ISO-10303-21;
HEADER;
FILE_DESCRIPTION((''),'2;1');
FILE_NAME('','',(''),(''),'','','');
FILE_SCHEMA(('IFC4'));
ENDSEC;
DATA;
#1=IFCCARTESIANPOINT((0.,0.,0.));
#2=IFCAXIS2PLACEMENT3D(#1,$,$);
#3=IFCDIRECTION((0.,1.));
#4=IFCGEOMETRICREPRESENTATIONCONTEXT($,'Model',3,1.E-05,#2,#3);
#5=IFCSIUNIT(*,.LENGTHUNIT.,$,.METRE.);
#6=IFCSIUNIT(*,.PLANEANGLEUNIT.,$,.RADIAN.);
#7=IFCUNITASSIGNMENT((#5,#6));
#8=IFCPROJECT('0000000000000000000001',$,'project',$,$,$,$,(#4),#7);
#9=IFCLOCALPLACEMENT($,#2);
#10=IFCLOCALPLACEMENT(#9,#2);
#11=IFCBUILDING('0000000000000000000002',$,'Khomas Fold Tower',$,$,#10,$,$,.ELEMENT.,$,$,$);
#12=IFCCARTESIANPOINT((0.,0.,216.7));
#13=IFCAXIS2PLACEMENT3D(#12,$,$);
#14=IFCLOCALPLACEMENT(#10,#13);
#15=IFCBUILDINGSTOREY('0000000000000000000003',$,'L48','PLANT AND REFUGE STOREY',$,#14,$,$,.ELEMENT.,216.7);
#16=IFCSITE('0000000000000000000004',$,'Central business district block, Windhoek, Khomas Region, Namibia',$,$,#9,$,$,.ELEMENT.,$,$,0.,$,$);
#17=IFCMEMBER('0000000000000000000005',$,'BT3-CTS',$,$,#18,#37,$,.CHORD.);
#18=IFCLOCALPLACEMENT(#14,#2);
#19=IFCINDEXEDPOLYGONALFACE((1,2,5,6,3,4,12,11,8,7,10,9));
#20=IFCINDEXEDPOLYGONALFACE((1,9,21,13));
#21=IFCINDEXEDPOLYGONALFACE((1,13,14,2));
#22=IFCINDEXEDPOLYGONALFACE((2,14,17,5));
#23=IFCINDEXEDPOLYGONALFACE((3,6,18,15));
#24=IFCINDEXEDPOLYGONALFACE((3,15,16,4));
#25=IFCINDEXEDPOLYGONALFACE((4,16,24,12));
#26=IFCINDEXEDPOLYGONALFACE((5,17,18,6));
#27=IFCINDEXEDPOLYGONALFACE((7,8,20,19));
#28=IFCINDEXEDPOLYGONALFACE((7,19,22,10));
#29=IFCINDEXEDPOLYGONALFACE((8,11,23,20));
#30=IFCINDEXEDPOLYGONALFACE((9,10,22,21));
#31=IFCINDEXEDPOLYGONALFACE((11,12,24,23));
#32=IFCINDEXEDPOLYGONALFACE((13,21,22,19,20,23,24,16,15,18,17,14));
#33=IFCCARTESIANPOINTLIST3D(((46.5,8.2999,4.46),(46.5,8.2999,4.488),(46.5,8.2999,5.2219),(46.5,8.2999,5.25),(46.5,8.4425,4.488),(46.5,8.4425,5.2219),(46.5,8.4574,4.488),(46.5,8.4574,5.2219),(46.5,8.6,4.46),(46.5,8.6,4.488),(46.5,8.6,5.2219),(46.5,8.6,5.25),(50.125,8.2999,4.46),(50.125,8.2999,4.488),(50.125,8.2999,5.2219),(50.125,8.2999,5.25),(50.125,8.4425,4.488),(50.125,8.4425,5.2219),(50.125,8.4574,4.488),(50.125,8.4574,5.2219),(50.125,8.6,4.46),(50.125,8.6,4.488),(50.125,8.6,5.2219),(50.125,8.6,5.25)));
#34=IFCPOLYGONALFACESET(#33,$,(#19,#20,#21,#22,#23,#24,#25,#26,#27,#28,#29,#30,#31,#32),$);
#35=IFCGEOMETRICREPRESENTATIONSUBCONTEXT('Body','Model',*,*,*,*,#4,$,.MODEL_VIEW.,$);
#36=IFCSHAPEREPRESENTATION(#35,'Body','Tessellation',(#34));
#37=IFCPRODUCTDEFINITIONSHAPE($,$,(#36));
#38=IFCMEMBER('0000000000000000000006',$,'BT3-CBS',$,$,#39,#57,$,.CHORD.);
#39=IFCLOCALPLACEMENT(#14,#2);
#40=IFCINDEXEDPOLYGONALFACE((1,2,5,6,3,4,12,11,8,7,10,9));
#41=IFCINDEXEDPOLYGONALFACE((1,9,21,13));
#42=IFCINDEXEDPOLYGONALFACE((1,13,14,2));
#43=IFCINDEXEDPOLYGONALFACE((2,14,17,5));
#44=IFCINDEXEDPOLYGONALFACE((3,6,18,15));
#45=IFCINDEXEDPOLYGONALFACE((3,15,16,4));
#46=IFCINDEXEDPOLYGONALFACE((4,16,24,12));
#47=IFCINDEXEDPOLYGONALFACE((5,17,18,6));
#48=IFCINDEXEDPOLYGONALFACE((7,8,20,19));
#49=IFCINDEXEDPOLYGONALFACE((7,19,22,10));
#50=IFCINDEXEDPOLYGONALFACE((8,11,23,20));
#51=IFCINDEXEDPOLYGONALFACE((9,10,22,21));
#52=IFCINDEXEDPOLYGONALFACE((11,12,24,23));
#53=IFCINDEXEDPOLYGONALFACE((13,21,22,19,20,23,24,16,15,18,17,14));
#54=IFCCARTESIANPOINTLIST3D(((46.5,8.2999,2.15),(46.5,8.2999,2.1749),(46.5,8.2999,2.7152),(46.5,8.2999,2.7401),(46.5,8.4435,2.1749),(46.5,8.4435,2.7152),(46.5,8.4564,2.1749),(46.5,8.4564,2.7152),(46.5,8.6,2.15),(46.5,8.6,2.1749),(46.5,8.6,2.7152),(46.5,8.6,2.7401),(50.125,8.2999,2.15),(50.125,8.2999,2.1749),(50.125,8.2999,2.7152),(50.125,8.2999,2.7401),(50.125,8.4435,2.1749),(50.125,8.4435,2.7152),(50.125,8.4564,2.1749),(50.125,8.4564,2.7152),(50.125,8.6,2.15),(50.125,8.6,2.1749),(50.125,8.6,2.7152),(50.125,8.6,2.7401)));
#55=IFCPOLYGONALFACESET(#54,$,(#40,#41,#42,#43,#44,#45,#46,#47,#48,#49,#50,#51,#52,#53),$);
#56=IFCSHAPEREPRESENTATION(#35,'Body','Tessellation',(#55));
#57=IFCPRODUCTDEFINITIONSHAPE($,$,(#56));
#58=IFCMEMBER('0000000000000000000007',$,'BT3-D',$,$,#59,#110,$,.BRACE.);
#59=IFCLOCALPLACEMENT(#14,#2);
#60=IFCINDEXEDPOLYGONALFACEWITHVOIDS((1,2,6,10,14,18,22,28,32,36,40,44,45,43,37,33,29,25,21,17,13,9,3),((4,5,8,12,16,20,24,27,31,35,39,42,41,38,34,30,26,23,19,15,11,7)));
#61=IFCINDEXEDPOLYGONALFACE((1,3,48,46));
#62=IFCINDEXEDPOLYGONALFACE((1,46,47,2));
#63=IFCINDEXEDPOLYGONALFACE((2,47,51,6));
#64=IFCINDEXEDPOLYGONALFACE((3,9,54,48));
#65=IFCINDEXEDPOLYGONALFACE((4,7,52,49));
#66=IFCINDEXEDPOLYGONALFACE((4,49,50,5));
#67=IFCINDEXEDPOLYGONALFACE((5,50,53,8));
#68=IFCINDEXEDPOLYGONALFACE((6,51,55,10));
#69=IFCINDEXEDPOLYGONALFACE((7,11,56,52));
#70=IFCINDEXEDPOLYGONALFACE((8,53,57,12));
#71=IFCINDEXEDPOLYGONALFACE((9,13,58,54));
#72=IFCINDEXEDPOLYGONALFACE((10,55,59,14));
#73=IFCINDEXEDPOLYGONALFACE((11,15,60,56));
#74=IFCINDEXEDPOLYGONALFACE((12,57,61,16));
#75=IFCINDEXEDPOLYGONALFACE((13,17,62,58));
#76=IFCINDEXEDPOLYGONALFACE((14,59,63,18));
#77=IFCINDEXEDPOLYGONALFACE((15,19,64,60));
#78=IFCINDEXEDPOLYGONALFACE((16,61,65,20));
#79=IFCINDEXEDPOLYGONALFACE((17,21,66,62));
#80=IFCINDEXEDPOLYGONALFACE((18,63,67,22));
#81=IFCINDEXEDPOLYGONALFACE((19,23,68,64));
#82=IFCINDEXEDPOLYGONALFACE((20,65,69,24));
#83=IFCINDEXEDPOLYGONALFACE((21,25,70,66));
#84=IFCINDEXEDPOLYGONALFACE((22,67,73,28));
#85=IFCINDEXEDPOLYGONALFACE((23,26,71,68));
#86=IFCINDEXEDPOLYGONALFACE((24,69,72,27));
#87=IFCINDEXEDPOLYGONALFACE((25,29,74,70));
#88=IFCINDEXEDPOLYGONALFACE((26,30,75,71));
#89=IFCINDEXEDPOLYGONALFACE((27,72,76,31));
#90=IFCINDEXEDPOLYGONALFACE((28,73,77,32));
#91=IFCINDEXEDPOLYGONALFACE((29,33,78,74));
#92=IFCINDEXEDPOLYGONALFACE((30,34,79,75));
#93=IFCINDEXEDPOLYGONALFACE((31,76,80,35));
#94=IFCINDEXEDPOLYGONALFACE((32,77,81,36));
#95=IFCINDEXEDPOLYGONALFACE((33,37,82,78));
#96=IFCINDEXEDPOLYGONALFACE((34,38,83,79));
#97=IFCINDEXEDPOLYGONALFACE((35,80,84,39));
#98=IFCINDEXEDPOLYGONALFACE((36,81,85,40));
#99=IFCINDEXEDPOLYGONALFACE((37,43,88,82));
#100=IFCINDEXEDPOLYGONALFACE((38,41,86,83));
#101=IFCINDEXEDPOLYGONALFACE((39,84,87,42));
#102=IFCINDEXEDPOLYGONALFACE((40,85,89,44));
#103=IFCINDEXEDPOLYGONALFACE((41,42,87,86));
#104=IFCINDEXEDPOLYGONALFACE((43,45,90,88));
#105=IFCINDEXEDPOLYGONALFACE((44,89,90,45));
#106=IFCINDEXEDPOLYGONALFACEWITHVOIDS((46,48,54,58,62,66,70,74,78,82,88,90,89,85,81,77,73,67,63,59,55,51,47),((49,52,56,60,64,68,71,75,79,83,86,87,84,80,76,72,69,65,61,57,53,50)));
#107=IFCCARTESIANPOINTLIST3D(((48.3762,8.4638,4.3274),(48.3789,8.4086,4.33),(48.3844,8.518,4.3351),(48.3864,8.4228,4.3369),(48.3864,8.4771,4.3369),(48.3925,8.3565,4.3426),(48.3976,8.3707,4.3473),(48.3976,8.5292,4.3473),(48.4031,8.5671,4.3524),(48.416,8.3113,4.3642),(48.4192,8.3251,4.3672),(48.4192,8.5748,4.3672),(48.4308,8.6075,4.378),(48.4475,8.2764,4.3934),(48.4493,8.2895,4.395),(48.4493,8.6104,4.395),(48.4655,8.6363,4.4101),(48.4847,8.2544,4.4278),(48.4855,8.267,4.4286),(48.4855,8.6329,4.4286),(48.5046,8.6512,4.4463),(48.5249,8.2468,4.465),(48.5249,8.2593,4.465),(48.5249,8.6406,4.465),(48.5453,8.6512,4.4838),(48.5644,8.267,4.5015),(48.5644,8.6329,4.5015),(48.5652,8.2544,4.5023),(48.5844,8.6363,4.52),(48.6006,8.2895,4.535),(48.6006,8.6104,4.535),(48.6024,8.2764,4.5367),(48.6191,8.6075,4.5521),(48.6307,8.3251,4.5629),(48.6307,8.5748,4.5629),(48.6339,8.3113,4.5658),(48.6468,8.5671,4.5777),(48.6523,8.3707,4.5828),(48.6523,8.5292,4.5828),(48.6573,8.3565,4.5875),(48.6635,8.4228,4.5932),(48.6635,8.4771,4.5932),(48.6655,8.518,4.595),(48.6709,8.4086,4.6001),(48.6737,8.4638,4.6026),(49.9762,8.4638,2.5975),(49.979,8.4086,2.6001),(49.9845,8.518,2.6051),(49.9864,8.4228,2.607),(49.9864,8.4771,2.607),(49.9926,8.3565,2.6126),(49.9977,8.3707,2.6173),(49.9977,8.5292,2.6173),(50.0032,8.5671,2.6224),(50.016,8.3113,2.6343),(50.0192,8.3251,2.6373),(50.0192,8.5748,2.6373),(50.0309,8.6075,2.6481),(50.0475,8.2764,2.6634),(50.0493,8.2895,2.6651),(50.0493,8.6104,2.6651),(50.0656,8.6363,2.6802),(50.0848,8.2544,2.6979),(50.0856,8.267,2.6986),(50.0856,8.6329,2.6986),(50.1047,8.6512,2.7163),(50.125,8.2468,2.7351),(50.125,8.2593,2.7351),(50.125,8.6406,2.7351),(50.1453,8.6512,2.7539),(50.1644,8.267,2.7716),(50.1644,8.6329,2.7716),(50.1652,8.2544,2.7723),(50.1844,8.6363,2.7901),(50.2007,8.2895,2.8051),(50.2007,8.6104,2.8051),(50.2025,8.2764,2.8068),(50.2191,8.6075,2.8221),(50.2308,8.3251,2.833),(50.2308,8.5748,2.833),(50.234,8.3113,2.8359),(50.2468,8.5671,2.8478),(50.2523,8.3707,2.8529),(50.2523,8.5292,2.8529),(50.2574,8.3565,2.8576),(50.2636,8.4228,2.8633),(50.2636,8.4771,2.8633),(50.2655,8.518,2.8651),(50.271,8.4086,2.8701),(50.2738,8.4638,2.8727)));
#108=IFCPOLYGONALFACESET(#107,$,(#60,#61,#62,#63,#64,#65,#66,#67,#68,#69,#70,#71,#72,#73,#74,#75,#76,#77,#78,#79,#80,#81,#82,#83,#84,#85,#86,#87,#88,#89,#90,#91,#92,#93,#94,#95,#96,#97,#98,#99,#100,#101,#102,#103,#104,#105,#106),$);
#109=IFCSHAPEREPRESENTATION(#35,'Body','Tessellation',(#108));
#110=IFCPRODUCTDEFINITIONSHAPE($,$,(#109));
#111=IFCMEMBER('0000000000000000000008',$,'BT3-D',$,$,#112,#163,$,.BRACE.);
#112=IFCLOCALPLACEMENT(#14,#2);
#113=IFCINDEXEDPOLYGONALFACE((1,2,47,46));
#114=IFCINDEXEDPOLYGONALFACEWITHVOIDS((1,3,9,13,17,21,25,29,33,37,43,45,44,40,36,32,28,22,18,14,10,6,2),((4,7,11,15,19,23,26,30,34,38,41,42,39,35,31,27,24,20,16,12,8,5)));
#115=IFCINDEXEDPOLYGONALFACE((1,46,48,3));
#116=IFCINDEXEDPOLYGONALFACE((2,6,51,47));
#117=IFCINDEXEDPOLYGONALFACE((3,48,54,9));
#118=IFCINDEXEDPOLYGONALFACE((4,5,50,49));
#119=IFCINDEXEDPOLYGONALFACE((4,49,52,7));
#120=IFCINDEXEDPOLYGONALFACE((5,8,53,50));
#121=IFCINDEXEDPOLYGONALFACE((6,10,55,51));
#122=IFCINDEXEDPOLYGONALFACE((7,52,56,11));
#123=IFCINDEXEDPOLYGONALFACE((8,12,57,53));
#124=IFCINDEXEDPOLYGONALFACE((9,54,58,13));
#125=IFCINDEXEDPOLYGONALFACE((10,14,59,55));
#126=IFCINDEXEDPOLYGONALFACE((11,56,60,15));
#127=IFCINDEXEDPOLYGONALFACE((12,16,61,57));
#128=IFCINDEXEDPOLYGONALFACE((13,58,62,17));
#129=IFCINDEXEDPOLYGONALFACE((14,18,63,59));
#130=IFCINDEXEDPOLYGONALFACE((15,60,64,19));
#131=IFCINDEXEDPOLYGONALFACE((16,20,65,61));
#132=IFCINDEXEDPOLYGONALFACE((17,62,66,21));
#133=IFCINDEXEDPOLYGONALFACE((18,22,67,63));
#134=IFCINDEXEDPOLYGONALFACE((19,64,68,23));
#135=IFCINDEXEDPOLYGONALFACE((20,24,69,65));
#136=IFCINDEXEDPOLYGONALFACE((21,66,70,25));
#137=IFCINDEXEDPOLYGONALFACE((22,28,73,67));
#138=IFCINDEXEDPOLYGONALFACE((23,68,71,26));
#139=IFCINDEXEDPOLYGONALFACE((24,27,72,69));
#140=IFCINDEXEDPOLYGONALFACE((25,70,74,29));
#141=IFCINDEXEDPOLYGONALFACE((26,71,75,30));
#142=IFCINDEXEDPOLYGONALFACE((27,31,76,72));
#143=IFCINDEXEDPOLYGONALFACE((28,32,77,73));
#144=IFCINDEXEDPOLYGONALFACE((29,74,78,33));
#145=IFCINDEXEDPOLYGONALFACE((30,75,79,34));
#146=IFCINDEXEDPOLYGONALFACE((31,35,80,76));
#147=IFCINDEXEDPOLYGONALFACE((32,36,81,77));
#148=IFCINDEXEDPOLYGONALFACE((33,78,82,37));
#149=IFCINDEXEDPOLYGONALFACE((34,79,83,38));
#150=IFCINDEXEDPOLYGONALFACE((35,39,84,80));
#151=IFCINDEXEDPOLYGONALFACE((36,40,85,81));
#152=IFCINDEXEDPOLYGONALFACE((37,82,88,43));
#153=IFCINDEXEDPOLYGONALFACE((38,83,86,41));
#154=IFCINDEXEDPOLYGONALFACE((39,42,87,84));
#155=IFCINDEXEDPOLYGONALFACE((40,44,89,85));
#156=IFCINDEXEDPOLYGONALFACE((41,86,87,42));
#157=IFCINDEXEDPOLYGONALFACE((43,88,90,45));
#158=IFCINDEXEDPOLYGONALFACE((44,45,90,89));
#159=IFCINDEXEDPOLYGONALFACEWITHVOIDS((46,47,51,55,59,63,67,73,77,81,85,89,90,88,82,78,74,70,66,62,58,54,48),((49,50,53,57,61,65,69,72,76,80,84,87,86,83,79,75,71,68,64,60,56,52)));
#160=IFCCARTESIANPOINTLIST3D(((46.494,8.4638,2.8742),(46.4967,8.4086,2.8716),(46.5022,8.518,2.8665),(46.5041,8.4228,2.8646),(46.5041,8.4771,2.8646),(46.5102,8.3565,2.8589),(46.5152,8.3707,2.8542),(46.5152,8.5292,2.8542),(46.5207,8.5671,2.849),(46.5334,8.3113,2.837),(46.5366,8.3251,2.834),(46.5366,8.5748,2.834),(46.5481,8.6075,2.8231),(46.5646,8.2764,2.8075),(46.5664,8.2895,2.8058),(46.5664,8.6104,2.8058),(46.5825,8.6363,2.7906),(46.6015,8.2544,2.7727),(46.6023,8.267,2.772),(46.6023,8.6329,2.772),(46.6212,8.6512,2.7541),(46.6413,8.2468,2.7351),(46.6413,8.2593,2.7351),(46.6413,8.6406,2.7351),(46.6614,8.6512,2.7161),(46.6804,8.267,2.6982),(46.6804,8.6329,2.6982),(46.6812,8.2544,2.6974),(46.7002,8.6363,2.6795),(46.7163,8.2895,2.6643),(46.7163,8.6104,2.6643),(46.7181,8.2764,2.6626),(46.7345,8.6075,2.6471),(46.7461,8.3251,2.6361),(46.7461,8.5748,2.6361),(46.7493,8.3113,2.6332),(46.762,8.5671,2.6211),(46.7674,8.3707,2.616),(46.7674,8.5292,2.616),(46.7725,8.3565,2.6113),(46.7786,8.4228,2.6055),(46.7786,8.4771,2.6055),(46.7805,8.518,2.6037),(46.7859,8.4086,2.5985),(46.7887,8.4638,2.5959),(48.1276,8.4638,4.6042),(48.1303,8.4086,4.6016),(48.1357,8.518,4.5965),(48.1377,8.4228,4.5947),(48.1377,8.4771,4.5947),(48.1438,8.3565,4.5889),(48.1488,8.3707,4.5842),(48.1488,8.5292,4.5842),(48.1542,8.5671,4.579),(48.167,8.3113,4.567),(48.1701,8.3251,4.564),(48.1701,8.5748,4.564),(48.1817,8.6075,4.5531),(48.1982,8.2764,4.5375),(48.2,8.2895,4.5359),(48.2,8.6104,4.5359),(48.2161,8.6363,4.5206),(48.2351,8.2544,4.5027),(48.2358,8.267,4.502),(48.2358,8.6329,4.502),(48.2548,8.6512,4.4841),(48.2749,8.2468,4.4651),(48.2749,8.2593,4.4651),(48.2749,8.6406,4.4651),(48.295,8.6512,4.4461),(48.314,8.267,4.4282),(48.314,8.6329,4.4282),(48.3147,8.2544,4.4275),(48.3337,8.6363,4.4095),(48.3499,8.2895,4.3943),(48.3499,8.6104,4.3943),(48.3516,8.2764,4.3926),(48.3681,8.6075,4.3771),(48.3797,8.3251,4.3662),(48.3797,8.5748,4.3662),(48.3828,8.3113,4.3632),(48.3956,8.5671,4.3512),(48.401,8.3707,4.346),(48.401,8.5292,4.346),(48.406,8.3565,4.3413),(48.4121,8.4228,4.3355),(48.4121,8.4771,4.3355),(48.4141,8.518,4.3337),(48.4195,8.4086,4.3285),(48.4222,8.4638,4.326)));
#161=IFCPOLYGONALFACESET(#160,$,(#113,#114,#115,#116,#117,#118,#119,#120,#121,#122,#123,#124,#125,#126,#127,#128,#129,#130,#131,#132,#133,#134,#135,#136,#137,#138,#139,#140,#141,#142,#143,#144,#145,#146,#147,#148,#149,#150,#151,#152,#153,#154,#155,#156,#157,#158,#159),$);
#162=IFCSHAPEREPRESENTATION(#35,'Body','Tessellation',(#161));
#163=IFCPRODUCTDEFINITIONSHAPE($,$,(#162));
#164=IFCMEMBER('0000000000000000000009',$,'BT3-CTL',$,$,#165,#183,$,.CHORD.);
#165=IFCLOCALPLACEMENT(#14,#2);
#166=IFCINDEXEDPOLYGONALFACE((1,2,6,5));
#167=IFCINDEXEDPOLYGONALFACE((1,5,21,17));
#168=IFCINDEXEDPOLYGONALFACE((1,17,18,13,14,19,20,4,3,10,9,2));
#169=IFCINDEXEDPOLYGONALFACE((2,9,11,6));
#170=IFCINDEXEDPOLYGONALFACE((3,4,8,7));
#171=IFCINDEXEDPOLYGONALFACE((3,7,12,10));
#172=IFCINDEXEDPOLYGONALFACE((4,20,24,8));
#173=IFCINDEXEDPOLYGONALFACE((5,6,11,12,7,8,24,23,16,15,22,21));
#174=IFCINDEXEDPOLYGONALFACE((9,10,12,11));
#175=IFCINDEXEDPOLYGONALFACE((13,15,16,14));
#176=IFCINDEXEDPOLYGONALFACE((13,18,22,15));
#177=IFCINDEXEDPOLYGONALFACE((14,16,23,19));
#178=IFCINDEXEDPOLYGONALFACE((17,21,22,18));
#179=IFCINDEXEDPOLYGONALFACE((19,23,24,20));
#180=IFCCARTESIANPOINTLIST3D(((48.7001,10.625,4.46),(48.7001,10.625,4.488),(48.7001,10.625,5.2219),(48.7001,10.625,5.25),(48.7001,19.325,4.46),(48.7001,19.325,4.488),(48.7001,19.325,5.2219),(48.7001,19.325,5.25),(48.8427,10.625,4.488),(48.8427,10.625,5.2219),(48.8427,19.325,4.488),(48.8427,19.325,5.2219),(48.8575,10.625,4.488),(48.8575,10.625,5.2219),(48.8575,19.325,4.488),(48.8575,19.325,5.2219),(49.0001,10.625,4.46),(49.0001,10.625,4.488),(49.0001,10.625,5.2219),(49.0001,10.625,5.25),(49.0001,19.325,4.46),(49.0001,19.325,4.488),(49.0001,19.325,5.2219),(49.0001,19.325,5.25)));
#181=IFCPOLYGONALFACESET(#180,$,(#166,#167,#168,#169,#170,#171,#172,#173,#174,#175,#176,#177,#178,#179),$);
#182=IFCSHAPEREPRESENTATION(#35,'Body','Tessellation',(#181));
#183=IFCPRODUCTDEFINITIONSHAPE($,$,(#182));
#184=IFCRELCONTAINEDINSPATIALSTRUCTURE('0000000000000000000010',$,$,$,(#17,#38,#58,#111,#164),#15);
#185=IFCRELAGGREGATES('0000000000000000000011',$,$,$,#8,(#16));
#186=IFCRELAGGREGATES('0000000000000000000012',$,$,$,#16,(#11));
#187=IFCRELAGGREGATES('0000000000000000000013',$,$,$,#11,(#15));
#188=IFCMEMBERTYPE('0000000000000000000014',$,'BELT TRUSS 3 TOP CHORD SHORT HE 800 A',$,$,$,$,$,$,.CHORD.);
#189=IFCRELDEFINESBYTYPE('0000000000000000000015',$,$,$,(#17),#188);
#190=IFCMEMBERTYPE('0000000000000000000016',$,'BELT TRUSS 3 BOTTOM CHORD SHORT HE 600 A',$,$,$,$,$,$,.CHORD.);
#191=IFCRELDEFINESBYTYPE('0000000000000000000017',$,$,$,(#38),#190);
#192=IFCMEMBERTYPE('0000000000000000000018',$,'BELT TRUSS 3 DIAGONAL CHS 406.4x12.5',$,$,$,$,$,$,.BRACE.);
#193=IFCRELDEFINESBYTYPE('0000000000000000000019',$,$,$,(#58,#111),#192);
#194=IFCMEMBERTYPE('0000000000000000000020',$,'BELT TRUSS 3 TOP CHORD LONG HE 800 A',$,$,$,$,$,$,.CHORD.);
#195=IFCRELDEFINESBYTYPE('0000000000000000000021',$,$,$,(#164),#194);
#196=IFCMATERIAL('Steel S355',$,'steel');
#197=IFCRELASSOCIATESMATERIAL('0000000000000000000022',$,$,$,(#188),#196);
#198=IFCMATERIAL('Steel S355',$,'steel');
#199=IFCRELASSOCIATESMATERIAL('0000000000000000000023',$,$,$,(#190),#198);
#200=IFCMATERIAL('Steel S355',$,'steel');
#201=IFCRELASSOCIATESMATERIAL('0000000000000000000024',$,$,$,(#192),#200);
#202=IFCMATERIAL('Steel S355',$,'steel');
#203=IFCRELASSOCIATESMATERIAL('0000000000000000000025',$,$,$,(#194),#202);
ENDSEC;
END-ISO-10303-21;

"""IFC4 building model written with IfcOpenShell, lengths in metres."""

from ifc_helpers import new_model, si_unit, direction, frame, origin, origin_2d, place, context, subcontext, project, spatial, hollow_circle, i_section, extrude, source, transform, mapped, material, material_profile, profile_set, type_object, element, save


model = new_model("IFC4")

# Units and contexts
model_context = context("Model", 3, precision=1e-05, world=origin(), true_north=direction((0.0, 1.0)))
body_context = subcontext(model_context, "Body", "Model", "MODEL_VIEW")
ifc_project = project(units=[si_unit("LENGTHUNIT", "METRE"), si_unit("PLANEANGLEUNIT", "RADIAN")], contexts=[model_context])

# Site, building, storey
site_placement = place(None, origin())
site = spatial("IfcSite", under=ifc_project, at=site_placement, Name="Central business district block, Windhoek, Khomas Region, Namibia", CompositionType="ELEMENT", RefElevation=0.0)
building_placement = place(site_placement, origin())
building = spatial("IfcBuilding", under=site, at=building_placement, Name="Khomas Fold Tower", CompositionType="ELEMENT")
storey_placement = place(building_placement, frame((0.0, 0.0, 216.7)))
storey = spatial("IfcBuildingStorey", under=building, at=storey_placement, Name="L48", Description="PLANT AND REFUGE STOREY", CompositionType="ELEMENT", Elevation=216.7)

# Members
ifc_material_1 = material(Name="Steel S355", Category="steel")
ifc_material_profile_1 = material_profile(ifc_material_1, i_section(OverallWidth=0.3, OverallDepth=0.79, WebThickness=0.0149, FlangeThickness=0.0281, at=origin_2d()), Name="HE 800 A")
ifc_profile_set_1 = profile_set([ifc_material_profile_1], Name="Steel S355")
member_type_1 = type_object("IfcMemberType", Name="BELT TRUSS 3 TOP CHORD SHORT HE 800 A", PredefinedType="CHORD", material=ifc_profile_set_1)
ifc_material_2 = material(Name="Steel S355", Category="steel")
ifc_material_profile_2 = material_profile(ifc_material_2, i_section(OverallWidth=0.3, OverallDepth=0.5901, WebThickness=0.0129, FlangeThickness=0.0249, at=origin_2d()), Name="HE 600 A")
ifc_profile_set_2 = profile_set([ifc_material_profile_2], Name="Steel S355")
member_type_2 = type_object("IfcMemberType", Name="BELT TRUSS 3 BOTTOM CHORD SHORT HE 600 A", PredefinedType="CHORD", material=ifc_profile_set_2)
shared_shape_1 = source(origin(), body_context, "Body", "SweptSolid", [
    extrude(i_section(OverallWidth=0.3, OverallDepth=0.79, WebThickness=0.0149, FlangeThickness=0.0281, at=origin_2d()), origin(), (0.0, 0.0, 1.0), 3.625),
])
member_1_placement = place(storey_placement, frame((50.125, 8.45, 4.855), z_axis=(-1.0, 0.0, 0.0), x_axis=(0.0, -1.0, 0.0)))
element("IfcMember", 1, at=member_1_placement, inside=storey, type_object=member_type_1, Name="BT3-CTS", PredefinedType="CHORD", context=body_context, shape_type="MappedRepresentation", body=[
    mapped(shared_shape_1, transform((0.0, 0.0, 0.0))),
])
shared_shape_2 = source(origin(), body_context, "Body", "SweptSolid", [
    extrude(i_section(OverallWidth=0.3, OverallDepth=0.5901, WebThickness=0.0129, FlangeThickness=0.0249, at=origin_2d()), origin(), (0.0, 0.0, 1.0), 3.625),
])
member_2_placement = place(storey_placement, frame((50.125, 8.45, 2.4451), z_axis=(-1.0, 0.0, 0.0), x_axis=(0.0, -1.0, 0.0)))
element("IfcMember", 2, at=member_2_placement, inside=storey, type_object=member_type_2, Name="BT3-CBS", PredefinedType="CHORD", context=body_context, shape_type="MappedRepresentation", body=[
    mapped(shared_shape_2, transform((0.0, 0.0, 0.0))),
])
ifc_material_3 = material(Name="Steel S355", Category="steel")
ifc_material_profile_3 = material_profile(ifc_material_3, hollow_circle(Radius=0.2031, WallThickness=0.0125, at=origin_2d()), Name="CHS 406.4x12.5")
ifc_profile_set_3 = profile_set([ifc_material_profile_3], Name="Steel S355")
member_type_3 = type_object("IfcMemberType", Name="BELT TRUSS 3 DIAGONAL CHS 406.4x12.5", PredefinedType="BRACE", material=ifc_profile_set_3)
shared_shape_3 = source(origin(), body_context, "Body", "SweptSolid", [
    extrude(hollow_circle(Radius=0.2031, WallThickness=0.0125, at=origin_2d()), origin(), (0.0, 0.0, 1.0), 2.3564),
])
member_3_placement = place(storey_placement, frame((50.125, 8.45, 2.7351), z_axis=(-0.679011, 0.0, 0.734128), x_axis=(0.0, -1.0, 0.0)))
element("IfcMember", 3, at=member_3_placement, inside=storey, type_object=member_type_3, Name="BT3-D", PredefinedType="BRACE", context=body_context, shape_type="MappedRepresentation", body=[
    mapped(shared_shape_3, transform((0.0, 0.0, 0.0))),
])
shared_shape_4 = source(origin(), body_context, "Body", "SweptSolid", [
    extrude(hollow_circle(Radius=0.2031, WallThickness=0.0125, at=origin_2d()), origin(), (0.0, 0.0, 1.0), 2.3794),
])
member_4_placement = place(storey_placement, frame((48.2749, 8.45, 4.4651), z_axis=(-0.686551, 0.0, -0.727081), x_axis=(0.0, -1.0, 0.0)))
element("IfcMember", 4, at=member_4_placement, inside=storey, type_object=member_type_3, Name="BT3-D", PredefinedType="BRACE", context=body_context, shape_type="MappedRepresentation", body=[
    mapped(shared_shape_4, transform((0.0, 0.0, 0.0))),
])
ifc_material_4 = material(Name="Steel S355", Category="steel")
ifc_material_profile_4 = material_profile(ifc_material_4, i_section(OverallWidth=0.3, OverallDepth=0.79, WebThickness=0.0149, FlangeThickness=0.0281, at=origin_2d()), Name="HE 800 A")
ifc_profile_set_4 = profile_set([ifc_material_profile_4], Name="Steel S355")
member_type_4 = type_object("IfcMemberType", Name="BELT TRUSS 3 TOP CHORD LONG HE 800 A", PredefinedType="CHORD", material=ifc_profile_set_4)
shared_shape_5 = source(origin(), body_context, "Body", "SweptSolid", [
    extrude(i_section(OverallWidth=0.3, OverallDepth=0.79, WebThickness=0.0149, FlangeThickness=0.0281, at=origin_2d()), origin(), (0.0, 0.0, 1.0), 8.7),
])
member_5_placement = place(storey_placement, frame((48.8501, 10.625, 4.855), z_axis=(0.0, 1.0, 0.0), x_axis=(-1.0, 0.0, 0.0)))
element("IfcMember", 5, at=member_5_placement, inside=storey, type_object=member_type_4, Name="BT3-CTL", PredefinedType="CHORD", context=body_context, shape_type="MappedRepresentation", body=[
    mapped(shared_shape_5, transform((0.0, 0.0, 0.0))),
])

save(model, "model.ifc")
